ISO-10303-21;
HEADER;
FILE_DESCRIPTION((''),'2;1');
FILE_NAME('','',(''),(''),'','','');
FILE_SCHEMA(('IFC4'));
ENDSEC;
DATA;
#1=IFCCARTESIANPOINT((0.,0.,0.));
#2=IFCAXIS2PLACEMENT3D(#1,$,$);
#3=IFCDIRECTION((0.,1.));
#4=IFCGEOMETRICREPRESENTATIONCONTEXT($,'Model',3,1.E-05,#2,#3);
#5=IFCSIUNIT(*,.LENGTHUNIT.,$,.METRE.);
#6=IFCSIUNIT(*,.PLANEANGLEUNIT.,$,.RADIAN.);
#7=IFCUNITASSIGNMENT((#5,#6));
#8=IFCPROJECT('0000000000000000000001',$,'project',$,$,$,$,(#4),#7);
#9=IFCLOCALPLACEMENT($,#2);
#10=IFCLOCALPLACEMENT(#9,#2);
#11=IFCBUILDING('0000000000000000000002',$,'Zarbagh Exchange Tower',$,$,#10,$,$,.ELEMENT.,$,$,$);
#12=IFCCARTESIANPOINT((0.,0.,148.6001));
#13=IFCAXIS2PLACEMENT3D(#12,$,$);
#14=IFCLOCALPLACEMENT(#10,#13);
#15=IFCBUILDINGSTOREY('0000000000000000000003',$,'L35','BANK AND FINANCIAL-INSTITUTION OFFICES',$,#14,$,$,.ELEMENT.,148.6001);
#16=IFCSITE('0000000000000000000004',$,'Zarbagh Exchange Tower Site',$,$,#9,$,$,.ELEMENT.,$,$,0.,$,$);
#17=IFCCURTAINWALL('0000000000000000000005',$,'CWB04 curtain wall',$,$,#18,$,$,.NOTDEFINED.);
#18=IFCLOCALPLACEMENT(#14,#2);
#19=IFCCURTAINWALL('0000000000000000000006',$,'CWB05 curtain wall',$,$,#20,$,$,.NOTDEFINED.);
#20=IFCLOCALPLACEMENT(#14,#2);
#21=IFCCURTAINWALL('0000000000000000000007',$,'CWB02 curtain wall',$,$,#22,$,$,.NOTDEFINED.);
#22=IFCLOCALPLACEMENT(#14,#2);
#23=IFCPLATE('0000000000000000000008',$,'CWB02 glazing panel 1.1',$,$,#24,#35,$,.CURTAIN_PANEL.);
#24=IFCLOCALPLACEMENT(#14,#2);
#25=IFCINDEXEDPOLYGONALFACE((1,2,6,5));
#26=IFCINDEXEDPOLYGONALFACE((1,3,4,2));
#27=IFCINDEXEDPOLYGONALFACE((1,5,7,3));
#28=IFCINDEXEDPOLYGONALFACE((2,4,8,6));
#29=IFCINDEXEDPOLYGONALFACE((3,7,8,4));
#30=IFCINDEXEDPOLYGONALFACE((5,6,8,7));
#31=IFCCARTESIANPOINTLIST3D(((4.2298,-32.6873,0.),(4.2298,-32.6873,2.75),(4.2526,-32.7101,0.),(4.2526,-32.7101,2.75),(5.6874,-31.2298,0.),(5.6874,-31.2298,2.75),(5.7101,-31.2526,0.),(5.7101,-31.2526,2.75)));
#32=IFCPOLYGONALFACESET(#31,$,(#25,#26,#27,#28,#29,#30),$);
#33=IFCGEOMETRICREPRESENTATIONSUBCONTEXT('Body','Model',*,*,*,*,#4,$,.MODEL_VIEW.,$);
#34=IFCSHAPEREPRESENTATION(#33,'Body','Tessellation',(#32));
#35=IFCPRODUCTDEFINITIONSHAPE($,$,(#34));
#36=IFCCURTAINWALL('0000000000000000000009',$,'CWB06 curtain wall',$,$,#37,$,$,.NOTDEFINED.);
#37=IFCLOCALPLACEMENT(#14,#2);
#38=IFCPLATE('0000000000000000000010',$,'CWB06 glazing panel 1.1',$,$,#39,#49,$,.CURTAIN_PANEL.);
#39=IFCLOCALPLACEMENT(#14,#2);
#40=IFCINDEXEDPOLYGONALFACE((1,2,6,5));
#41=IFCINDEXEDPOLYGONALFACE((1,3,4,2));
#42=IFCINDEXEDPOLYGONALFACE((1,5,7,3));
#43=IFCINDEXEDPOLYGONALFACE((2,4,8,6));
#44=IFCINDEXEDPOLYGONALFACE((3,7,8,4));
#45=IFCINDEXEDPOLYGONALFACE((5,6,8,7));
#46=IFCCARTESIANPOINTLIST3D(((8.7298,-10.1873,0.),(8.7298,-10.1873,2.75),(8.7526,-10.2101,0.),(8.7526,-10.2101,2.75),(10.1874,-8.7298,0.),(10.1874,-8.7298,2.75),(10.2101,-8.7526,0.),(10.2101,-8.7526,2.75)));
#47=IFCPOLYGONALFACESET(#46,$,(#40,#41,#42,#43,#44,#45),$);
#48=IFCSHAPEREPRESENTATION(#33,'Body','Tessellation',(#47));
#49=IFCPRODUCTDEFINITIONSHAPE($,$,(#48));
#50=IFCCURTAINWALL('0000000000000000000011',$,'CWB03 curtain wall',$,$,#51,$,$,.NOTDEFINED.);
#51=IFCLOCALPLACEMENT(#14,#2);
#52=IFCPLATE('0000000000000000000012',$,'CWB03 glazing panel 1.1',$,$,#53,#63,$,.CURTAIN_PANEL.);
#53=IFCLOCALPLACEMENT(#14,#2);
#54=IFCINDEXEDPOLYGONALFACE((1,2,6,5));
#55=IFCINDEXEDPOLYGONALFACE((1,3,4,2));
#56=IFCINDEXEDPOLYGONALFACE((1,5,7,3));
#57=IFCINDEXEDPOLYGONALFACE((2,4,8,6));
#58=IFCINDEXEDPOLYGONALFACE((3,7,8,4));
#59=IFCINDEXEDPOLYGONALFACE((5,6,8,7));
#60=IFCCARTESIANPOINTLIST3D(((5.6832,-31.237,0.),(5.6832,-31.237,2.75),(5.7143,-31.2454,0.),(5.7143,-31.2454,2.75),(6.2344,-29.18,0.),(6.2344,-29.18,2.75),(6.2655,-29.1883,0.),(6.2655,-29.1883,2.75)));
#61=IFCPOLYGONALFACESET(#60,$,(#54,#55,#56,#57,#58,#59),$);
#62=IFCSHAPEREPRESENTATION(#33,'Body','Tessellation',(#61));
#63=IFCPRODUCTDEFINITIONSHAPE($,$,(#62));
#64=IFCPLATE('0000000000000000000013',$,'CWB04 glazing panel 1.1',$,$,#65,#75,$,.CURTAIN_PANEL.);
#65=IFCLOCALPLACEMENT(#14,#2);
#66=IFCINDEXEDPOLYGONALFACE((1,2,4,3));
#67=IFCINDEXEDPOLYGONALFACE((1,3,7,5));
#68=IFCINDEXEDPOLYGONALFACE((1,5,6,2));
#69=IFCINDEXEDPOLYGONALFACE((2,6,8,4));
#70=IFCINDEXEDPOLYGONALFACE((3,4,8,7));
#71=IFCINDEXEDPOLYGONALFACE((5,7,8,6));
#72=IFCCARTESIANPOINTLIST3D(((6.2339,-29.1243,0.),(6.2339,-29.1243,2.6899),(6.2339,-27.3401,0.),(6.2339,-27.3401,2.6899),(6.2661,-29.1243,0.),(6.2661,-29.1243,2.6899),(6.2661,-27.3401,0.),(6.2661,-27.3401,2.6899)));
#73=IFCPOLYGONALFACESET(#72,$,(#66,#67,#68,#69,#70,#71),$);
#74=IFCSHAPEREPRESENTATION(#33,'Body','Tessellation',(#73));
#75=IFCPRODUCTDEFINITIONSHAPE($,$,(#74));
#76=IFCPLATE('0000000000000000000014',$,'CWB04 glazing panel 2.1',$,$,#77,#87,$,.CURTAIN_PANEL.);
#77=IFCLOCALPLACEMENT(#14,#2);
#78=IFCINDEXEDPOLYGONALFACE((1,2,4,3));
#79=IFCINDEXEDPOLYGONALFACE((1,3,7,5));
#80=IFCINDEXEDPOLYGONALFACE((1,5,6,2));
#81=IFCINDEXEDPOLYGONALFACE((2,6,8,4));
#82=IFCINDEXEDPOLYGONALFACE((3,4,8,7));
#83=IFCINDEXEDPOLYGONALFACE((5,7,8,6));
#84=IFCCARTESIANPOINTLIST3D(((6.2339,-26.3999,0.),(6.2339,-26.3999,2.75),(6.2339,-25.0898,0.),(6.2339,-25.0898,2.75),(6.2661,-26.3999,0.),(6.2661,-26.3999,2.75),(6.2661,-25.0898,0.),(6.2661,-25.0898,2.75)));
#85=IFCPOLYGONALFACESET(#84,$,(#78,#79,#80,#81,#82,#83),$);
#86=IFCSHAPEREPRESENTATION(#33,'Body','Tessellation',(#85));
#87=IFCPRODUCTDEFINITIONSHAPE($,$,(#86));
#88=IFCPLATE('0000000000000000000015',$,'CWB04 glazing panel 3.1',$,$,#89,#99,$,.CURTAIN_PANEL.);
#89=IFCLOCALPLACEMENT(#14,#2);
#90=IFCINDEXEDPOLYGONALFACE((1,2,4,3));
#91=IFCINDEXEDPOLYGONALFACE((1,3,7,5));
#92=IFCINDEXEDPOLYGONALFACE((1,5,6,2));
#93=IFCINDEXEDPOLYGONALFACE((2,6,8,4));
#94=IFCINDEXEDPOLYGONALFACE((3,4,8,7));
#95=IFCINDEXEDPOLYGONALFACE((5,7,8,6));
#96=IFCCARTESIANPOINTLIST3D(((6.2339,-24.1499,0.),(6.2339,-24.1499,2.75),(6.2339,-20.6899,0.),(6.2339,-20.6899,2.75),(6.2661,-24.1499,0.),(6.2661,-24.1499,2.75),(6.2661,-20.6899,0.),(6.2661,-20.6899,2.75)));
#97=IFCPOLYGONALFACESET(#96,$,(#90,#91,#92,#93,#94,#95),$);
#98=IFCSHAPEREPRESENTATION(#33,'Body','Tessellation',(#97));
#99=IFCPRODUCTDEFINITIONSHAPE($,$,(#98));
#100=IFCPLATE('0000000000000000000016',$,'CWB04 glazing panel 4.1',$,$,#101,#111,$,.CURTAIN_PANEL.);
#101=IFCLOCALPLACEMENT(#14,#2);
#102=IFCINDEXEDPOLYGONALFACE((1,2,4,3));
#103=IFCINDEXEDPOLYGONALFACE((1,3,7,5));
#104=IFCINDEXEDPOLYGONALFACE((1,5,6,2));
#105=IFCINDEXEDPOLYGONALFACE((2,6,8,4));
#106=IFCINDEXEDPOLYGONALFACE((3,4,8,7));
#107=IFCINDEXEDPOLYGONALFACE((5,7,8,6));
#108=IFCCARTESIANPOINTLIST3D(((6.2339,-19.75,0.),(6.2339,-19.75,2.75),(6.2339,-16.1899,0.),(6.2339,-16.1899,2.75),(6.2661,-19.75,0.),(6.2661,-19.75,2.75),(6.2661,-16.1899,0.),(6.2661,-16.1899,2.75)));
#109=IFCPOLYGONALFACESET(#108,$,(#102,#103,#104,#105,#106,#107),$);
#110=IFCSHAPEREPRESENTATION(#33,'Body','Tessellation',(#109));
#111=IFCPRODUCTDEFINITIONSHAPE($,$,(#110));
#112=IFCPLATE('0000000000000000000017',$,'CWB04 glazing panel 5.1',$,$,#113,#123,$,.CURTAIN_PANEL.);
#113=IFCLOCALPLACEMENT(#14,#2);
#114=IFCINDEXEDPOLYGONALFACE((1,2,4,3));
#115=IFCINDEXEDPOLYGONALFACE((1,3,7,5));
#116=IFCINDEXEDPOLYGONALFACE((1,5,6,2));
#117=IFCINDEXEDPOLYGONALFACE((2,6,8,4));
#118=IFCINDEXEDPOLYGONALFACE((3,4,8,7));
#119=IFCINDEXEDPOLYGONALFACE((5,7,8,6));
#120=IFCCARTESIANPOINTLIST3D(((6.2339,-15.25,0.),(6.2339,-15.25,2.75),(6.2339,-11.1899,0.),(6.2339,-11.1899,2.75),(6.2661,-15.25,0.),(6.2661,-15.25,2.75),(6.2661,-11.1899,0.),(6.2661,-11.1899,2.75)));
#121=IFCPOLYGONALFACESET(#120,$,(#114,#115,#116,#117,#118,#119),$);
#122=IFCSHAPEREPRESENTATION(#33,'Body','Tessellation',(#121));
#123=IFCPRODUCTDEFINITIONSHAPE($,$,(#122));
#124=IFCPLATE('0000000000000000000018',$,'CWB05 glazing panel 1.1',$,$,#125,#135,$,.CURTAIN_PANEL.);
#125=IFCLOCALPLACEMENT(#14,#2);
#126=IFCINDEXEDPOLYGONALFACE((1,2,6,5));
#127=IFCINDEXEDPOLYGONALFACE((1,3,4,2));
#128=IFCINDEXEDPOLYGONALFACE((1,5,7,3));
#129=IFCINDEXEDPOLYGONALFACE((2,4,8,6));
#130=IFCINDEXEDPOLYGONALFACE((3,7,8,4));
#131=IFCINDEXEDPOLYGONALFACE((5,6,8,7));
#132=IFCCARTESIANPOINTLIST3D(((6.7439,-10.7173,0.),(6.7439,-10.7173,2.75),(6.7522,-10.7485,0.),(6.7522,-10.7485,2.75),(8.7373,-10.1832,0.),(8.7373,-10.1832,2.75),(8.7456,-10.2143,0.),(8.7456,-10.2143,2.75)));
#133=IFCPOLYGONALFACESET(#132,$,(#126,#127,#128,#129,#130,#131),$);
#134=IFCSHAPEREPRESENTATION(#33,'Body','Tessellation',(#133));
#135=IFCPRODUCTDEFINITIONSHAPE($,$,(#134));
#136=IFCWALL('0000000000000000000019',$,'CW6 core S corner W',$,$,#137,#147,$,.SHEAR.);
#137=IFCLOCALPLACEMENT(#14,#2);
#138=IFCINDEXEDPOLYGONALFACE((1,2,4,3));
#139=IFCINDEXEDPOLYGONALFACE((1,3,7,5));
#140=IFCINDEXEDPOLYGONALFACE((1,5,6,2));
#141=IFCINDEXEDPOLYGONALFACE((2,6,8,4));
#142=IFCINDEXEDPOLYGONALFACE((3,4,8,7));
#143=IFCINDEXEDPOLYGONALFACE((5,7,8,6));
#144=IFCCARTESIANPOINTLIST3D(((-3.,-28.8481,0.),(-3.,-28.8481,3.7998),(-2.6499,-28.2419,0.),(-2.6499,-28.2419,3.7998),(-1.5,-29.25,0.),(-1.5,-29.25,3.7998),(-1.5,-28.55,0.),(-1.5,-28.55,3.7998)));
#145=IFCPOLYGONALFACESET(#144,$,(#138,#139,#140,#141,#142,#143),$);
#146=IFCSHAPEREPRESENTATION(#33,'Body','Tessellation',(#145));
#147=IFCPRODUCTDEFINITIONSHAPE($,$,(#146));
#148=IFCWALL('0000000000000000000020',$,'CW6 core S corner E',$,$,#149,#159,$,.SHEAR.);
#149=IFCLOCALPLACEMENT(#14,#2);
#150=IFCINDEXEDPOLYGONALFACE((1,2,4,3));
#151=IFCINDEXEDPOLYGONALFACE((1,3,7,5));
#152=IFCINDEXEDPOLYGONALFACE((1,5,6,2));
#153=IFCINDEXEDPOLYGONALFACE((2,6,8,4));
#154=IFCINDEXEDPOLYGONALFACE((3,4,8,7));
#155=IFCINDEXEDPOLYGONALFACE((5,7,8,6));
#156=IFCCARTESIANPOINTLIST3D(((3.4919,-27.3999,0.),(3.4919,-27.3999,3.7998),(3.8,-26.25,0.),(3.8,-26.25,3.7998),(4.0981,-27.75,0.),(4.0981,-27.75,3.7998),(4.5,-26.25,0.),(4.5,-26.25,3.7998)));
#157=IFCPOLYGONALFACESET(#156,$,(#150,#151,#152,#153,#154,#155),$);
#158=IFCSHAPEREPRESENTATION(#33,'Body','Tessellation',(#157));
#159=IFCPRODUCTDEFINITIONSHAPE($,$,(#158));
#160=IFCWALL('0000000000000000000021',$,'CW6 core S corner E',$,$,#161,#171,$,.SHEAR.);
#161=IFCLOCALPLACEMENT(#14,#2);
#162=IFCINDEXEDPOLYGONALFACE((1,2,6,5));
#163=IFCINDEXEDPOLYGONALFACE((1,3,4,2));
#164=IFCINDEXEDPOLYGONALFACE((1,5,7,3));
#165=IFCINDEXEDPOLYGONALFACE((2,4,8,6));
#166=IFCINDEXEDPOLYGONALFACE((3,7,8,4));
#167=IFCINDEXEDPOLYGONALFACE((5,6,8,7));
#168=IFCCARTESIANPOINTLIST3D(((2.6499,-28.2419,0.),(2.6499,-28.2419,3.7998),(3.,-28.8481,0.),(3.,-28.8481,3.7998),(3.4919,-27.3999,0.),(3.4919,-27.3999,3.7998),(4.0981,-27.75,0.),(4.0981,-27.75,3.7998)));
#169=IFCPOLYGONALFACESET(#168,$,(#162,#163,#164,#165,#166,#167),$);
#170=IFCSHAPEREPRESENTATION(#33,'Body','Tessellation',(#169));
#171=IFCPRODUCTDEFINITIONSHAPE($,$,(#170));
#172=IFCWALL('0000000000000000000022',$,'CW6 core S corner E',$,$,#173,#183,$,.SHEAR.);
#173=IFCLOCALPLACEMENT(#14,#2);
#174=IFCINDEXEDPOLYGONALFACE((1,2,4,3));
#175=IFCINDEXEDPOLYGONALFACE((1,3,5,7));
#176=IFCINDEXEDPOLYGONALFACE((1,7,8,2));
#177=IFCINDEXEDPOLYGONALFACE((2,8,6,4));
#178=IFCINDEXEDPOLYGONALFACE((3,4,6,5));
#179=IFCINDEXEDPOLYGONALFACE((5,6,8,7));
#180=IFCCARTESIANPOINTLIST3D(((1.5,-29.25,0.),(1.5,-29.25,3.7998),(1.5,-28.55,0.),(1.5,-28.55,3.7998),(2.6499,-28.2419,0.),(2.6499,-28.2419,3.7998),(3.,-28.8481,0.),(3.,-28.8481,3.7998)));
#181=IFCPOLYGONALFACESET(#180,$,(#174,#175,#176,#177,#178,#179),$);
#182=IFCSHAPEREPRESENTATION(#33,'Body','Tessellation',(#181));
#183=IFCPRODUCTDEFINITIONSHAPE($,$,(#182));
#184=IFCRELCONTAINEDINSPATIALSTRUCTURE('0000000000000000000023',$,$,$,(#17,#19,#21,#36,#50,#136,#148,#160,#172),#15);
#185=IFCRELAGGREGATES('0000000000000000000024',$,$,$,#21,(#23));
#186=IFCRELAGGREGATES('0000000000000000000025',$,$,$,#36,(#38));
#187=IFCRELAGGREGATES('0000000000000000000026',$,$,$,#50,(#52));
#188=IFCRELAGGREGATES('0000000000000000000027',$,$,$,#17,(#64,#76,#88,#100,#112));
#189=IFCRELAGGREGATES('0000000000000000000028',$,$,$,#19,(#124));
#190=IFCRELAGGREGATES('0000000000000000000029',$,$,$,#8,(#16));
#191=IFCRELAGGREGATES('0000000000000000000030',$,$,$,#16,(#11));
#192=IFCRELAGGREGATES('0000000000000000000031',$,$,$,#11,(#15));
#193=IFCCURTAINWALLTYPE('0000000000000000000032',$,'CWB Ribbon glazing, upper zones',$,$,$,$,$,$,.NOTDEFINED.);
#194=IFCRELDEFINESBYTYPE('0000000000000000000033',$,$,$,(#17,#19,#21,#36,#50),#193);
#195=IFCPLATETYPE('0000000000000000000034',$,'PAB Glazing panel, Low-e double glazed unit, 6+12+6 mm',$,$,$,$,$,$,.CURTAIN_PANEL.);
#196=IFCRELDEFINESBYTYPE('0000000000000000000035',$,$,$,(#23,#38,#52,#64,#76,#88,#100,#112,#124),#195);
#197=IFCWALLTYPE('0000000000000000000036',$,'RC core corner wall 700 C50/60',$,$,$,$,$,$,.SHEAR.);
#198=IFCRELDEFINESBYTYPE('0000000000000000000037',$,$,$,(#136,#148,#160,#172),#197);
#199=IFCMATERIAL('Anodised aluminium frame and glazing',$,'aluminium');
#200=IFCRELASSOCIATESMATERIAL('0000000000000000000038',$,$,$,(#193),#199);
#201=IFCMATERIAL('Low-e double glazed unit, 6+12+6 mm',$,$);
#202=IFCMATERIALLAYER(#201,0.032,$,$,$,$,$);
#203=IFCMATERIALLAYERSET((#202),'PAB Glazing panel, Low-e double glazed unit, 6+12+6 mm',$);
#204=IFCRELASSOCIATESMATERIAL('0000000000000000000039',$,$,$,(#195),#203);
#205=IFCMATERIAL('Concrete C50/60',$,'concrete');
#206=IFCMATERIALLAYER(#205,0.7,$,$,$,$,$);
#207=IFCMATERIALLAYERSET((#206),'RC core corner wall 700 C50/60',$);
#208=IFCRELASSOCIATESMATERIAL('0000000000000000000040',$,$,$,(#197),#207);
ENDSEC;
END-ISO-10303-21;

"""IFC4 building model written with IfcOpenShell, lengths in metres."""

from ifc_helpers import new_model, si_unit, direction, frame, origin, place, context, subcontext, project, spatial, polyline, outline, extrude, source, transform, mapped, material, layer, layer_set, type_object, element, aggregate, save


model = new_model("IFC4")

# Units and contexts
model_context = context("Model", 3, precision=1e-05, world=origin(), true_north=direction((0.0, 1.0)))
body_context = subcontext(model_context, "Body", "Model", "MODEL_VIEW")
ifc_project = project(units=[si_unit("LENGTHUNIT", "METRE"), si_unit("PLANEANGLEUNIT", "RADIAN")], contexts=[model_context])

# Site, building, storey
site_placement = place(None, origin())
site = spatial("IfcSite", under=ifc_project, at=site_placement, Name="Zarbagh Exchange Tower Site", CompositionType="ELEMENT", RefElevation=0.0)
building_placement = place(site_placement, origin())
building = spatial("IfcBuilding", under=site, at=building_placement, Name="Zarbagh Exchange Tower", CompositionType="ELEMENT")
storey_placement = place(building_placement, frame((0.0, 0.0, 148.6001)))
storey = spatial("IfcBuildingStorey", under=building, at=storey_placement, Name="L35", Description="BANK AND FINANCIAL-INSTITUTION OFFICES", CompositionType="ELEMENT", Elevation=148.6001)

# Shared definitions
ifc_material_1 = material(Name="Anodised aluminium frame and glazing", Category="aluminium")
curtain_wall_type = type_object("IfcCurtainWallType", Name="CWB Ribbon glazing, upper zones", PredefinedType="NOTDEFINED", material=ifc_material_1)
placement = place(storey_placement, origin())

# Curtain wall
curtain_wall_1_placement = place(storey_placement, origin())
curtain_wall_1 = element("IfcCurtainWall", 1, at=curtain_wall_1_placement, inside=storey, type_object=curtain_wall_type, Name="CWB04 curtain wall", PredefinedType="NOTDEFINED")

# Curtain wall
curtain_wall_2_placement = place(storey_placement, origin())
curtain_wall_2 = element("IfcCurtainWall", 2, at=curtain_wall_2_placement, inside=storey, type_object=curtain_wall_type, Name="CWB05 curtain wall", PredefinedType="NOTDEFINED")

# Shared definitions
ifc_material_2 = material(Name="Low-e double glazed unit, 6+12+6 mm")
ifc_layer_1 = layer(ifc_material_2, 0.032)
ifc_layer_set_1 = layer_set([ifc_layer_1], Name="PAB Glazing panel, Low-e double glazed unit, 6+12+6 mm")
plate_type = type_object("IfcPlateType", Name="PAB Glazing panel, Low-e double glazed unit, 6+12+6 mm", PredefinedType="CURTAIN_PANEL", material=ifc_layer_set_1)

# Curtain walls, plates
curtain_wall_3_placement = place(storey_placement, origin())
curtain_wall_3 = element("IfcCurtainWall", 3, at=curtain_wall_3_placement, inside=storey, type_object=curtain_wall_type, Name="CWB02 curtain wall", PredefinedType="NOTDEFINED")
shared_shape_1 = source(origin(), body_context, "Body", "SweptSolid", [
    extrude(outline(polyline([(0.0, -0.0161), (2.0613, -0.0161), (2.0613, 0.0161), (0.0, 0.0161), (0.0, -0.0161)])), origin(), (0.0, 0.0, 1.0), 2.75),
])
plate_1 = element("IfcPlate", 4, at=placement, type_object=plate_type, Name="CWB02 glazing panel 1.1", PredefinedType="CURTAIN_PANEL", context=body_context, shape_type="MappedRepresentation", body=[
    mapped(shared_shape_1, transform((4.2412, -32.6987, 0.0), x_axis=(0.707107, 0.707107, 0.0), y_axis=(-0.707107, 0.707107, 0.0), z_axis=(0.0, 0.0, 1.0))),
])
aggregate(curtain_wall_3, [plate_1])
curtain_wall_4_placement = place(storey_placement, origin())
curtain_wall_4 = element("IfcCurtainWall", 5, at=curtain_wall_4_placement, inside=storey, type_object=curtain_wall_type, Name="CWB06 curtain wall", PredefinedType="NOTDEFINED")
plate_2 = element("IfcPlate", 6, at=placement, type_object=plate_type, Name="CWB06 glazing panel 1.1", PredefinedType="CURTAIN_PANEL", context=body_context, shape_type="MappedRepresentation", body=[
    mapped(shared_shape_1, transform((8.7412, -10.1987, 0.0), x_axis=(0.707107, 0.707107, 0.0), y_axis=(-0.707107, 0.707107, 0.0), z_axis=(0.0, 0.0, 1.0))),
])
aggregate(curtain_wall_4, [plate_2])
curtain_wall_5_placement = place(storey_placement, origin())
curtain_wall_5 = element("IfcCurtainWall", 7, at=curtain_wall_5_placement, inside=storey, type_object=curtain_wall_type, Name="CWB03 curtain wall", PredefinedType="NOTDEFINED")
shared_shape_2 = source(origin(), body_context, "Body", "SweptSolid", [
    extrude(outline(polyline([(0.0, -0.0161), (2.1296, -0.0161), (2.1296, 0.0161), (0.0, 0.0161), (0.0, -0.0161)])), origin(), (0.0, 0.0, 1.0), 2.75),
])
plate_3 = element("IfcPlate", 8, at=placement, type_object=plate_type, Name="CWB03 glazing panel 1.1", PredefinedType="CURTAIN_PANEL", context=body_context, shape_type="MappedRepresentation", body=[
    mapped(shared_shape_2, transform((5.6987, -31.2412, 0.0), x_axis=(0.258825, 0.965924, 0.0), y_axis=(-0.965924, 0.258825, 0.0), z_axis=(0.0, 0.0, 1.0))),
])
aggregate(curtain_wall_5, [plate_3])

# Plates
shared_shape_3 = source(origin(), body_context, "Body", "SweptSolid", [
    extrude(outline(polyline([(0.0, -0.0161), (1.7842, -0.0161), (1.7842, 0.0161), (0.0, 0.0161), (0.0, -0.0161)])), origin(), (0.0, 0.0, 1.0), 2.6899),
])
plate_4 = element("IfcPlate", 9, at=placement, type_object=plate_type, Name="CWB04 glazing panel 1.1", PredefinedType="CURTAIN_PANEL", context=body_context, shape_type="MappedRepresentation", body=[
    mapped(shared_shape_3, transform((6.25, -29.1243, 0.0), x_axis=(0.0, 1.0, 0.0), y_axis=(-1.0, 0.0, 0.0), z_axis=(0.0, 0.0, 1.0))),
])
shared_shape_4 = source(origin(), body_context, "Body", "SweptSolid", [
    extrude(outline(polyline([(0.0, -0.0161), (1.3101, -0.0161), (1.3101, 0.0161), (0.0, 0.0161), (0.0, -0.0161)])), origin(), (0.0, 0.0, 1.0), 2.75),
])
plate_5 = element("IfcPlate", 10, at=placement, type_object=plate_type, Name="CWB04 glazing panel 2.1", PredefinedType="CURTAIN_PANEL", context=body_context, shape_type="MappedRepresentation", body=[
    mapped(shared_shape_4, transform((6.25, -26.3999, 0.0), x_axis=(0.0, 1.0, 0.0), y_axis=(-1.0, 0.0, 0.0), z_axis=(0.0, 0.0, 1.0))),
])
shared_shape_5 = source(origin(), body_context, "Body", "SweptSolid", [
    extrude(outline(polyline([(0.0, -0.0161), (3.46, -0.0161), (3.46, 0.0161), (0.0, 0.0161), (0.0, -0.0161)])), origin(), (0.0, 0.0, 1.0), 2.75),
])
plate_6 = element("IfcPlate", 11, at=placement, type_object=plate_type, Name="CWB04 glazing panel 3.1", PredefinedType="CURTAIN_PANEL", context=body_context, shape_type="MappedRepresentation", body=[
    mapped(shared_shape_5, transform((6.25, -24.1499, 0.0), x_axis=(0.0, 1.0, 0.0), y_axis=(-1.0, 0.0, 0.0), z_axis=(0.0, 0.0, 1.0))),
])
shared_shape_6 = source(origin(), body_context, "Body", "SweptSolid", [
    extrude(outline(polyline([(0.0, -0.0161), (3.5601, -0.0161), (3.5601, 0.0161), (0.0, 0.0161), (0.0, -0.0161)])), origin(), (0.0, 0.0, 1.0), 2.75),
])
plate_7 = element("IfcPlate", 12, at=placement, type_object=plate_type, Name="CWB04 glazing panel 4.1", PredefinedType="CURTAIN_PANEL", context=body_context, shape_type="MappedRepresentation", body=[
    mapped(shared_shape_6, transform((6.25, -19.75, 0.0), x_axis=(0.0, 1.0, 0.0), y_axis=(-1.0, 0.0, 0.0), z_axis=(0.0, 0.0, 1.0))),
])
shared_shape_7 = source(origin(), body_context, "Body", "SweptSolid", [
    extrude(outline(polyline([(0.0, -0.0161), (4.0601, -0.0161), (4.0601, 0.0161), (0.0, 0.0161), (0.0, -0.0161)])), origin(), (0.0, 0.0, 1.0), 2.75),
])
plate_8 = element("IfcPlate", 13, at=placement, type_object=plate_type, Name="CWB04 glazing panel 5.1", PredefinedType="CURTAIN_PANEL", context=body_context, shape_type="MappedRepresentation", body=[
    mapped(shared_shape_7, transform((6.25, -15.25, 0.0), x_axis=(0.0, 1.0, 0.0), y_axis=(-1.0, 0.0, 0.0), z_axis=(0.0, 0.0, 1.0))),
])
aggregate(curtain_wall_1, [plate_4, plate_5, plate_6, plate_7, plate_8])
shared_shape_8 = source(origin(), body_context, "Body", "SweptSolid", [
    extrude(outline(polyline([(0.0, -0.0161), (2.0637, -0.0161), (2.0637, 0.0161), (0.0, 0.0161), (0.0, -0.0161)])), origin(), (0.0, 0.0, 1.0), 2.75),
])
plate_9 = element("IfcPlate", 14, at=placement, type_object=plate_type, Name="CWB05 glazing panel 1.1", PredefinedType="CURTAIN_PANEL", context=body_context, shape_type="MappedRepresentation", body=[
    mapped(shared_shape_8, transform((6.748, -10.7329, 0.0), x_axis=(0.965924, 0.258825, 0.0), y_axis=(-0.258825, 0.965924, 0.0), z_axis=(0.0, 0.0, 1.0))),
])
aggregate(curtain_wall_2, [plate_9])

# Walls
ifc_material_3 = material(Name="Concrete C50/60", Category="concrete")
ifc_layer_2 = layer(ifc_material_3, 0.7)
ifc_layer_set_2 = layer_set([ifc_layer_2], Name="RC core corner wall 700 C50/60")
wall_type = type_object("IfcWallType", Name="RC core corner wall 700 C50/60", PredefinedType="SHEAR", material=ifc_layer_set_2)
wall_1_placement = place(storey_placement, origin())
element("IfcWall", 15, at=wall_1_placement, inside=storey, type_object=wall_type, Name="CW6 core S corner W", PredefinedType="SHEAR", context=body_context, shape_type="SweptSolid", body=[
    extrude(outline(polyline([(-3.0, -28.8481), (-1.5, -29.25), (-1.5, -28.55), (-2.6499, -28.2419), (-3.0, -28.8481)])), origin(), (0.0, 0.0, 1.0), 3.7998),
])
wall_2_placement = place(storey_placement, origin())
element("IfcWall", 16, at=wall_2_placement, inside=storey, type_object=wall_type, Name="CW6 core S corner E", PredefinedType="SHEAR", context=body_context, shape_type="SweptSolid", body=[
    extrude(outline(polyline([(4.5, -26.25), (4.0981, -27.75), (3.4919, -27.3999), (3.8, -26.25), (4.5, -26.25)])), origin(), (0.0, 0.0, 1.0), 3.7998),
])
wall_3_placement = place(storey_placement, origin())
element("IfcWall", 17, at=wall_3_placement, inside=storey, type_object=wall_type, Name="CW6 core S corner E", PredefinedType="SHEAR", context=body_context, shape_type="SweptSolid", body=[
    extrude(outline(polyline([(4.0981, -27.75), (3.0, -28.8481), (2.6499, -28.2419), (3.4919, -27.3999), (4.0981, -27.75)])), origin(), (0.0, 0.0, 1.0), 3.7998),
])
wall_4_placement = place(storey_placement, origin())
element("IfcWall", 18, at=wall_4_placement, inside=storey, type_object=wall_type, Name="CW6 core S corner E", PredefinedType="SHEAR", context=body_context, shape_type="SweptSolid", body=[
    extrude(outline(polyline([(3.0, -28.8481), (1.5, -29.25), (1.5, -28.55), (2.6499, -28.2419), (3.0, -28.8481)])), origin(), (0.0, 0.0, 1.0), 3.7998),
])

save(model, "model.ifc")
